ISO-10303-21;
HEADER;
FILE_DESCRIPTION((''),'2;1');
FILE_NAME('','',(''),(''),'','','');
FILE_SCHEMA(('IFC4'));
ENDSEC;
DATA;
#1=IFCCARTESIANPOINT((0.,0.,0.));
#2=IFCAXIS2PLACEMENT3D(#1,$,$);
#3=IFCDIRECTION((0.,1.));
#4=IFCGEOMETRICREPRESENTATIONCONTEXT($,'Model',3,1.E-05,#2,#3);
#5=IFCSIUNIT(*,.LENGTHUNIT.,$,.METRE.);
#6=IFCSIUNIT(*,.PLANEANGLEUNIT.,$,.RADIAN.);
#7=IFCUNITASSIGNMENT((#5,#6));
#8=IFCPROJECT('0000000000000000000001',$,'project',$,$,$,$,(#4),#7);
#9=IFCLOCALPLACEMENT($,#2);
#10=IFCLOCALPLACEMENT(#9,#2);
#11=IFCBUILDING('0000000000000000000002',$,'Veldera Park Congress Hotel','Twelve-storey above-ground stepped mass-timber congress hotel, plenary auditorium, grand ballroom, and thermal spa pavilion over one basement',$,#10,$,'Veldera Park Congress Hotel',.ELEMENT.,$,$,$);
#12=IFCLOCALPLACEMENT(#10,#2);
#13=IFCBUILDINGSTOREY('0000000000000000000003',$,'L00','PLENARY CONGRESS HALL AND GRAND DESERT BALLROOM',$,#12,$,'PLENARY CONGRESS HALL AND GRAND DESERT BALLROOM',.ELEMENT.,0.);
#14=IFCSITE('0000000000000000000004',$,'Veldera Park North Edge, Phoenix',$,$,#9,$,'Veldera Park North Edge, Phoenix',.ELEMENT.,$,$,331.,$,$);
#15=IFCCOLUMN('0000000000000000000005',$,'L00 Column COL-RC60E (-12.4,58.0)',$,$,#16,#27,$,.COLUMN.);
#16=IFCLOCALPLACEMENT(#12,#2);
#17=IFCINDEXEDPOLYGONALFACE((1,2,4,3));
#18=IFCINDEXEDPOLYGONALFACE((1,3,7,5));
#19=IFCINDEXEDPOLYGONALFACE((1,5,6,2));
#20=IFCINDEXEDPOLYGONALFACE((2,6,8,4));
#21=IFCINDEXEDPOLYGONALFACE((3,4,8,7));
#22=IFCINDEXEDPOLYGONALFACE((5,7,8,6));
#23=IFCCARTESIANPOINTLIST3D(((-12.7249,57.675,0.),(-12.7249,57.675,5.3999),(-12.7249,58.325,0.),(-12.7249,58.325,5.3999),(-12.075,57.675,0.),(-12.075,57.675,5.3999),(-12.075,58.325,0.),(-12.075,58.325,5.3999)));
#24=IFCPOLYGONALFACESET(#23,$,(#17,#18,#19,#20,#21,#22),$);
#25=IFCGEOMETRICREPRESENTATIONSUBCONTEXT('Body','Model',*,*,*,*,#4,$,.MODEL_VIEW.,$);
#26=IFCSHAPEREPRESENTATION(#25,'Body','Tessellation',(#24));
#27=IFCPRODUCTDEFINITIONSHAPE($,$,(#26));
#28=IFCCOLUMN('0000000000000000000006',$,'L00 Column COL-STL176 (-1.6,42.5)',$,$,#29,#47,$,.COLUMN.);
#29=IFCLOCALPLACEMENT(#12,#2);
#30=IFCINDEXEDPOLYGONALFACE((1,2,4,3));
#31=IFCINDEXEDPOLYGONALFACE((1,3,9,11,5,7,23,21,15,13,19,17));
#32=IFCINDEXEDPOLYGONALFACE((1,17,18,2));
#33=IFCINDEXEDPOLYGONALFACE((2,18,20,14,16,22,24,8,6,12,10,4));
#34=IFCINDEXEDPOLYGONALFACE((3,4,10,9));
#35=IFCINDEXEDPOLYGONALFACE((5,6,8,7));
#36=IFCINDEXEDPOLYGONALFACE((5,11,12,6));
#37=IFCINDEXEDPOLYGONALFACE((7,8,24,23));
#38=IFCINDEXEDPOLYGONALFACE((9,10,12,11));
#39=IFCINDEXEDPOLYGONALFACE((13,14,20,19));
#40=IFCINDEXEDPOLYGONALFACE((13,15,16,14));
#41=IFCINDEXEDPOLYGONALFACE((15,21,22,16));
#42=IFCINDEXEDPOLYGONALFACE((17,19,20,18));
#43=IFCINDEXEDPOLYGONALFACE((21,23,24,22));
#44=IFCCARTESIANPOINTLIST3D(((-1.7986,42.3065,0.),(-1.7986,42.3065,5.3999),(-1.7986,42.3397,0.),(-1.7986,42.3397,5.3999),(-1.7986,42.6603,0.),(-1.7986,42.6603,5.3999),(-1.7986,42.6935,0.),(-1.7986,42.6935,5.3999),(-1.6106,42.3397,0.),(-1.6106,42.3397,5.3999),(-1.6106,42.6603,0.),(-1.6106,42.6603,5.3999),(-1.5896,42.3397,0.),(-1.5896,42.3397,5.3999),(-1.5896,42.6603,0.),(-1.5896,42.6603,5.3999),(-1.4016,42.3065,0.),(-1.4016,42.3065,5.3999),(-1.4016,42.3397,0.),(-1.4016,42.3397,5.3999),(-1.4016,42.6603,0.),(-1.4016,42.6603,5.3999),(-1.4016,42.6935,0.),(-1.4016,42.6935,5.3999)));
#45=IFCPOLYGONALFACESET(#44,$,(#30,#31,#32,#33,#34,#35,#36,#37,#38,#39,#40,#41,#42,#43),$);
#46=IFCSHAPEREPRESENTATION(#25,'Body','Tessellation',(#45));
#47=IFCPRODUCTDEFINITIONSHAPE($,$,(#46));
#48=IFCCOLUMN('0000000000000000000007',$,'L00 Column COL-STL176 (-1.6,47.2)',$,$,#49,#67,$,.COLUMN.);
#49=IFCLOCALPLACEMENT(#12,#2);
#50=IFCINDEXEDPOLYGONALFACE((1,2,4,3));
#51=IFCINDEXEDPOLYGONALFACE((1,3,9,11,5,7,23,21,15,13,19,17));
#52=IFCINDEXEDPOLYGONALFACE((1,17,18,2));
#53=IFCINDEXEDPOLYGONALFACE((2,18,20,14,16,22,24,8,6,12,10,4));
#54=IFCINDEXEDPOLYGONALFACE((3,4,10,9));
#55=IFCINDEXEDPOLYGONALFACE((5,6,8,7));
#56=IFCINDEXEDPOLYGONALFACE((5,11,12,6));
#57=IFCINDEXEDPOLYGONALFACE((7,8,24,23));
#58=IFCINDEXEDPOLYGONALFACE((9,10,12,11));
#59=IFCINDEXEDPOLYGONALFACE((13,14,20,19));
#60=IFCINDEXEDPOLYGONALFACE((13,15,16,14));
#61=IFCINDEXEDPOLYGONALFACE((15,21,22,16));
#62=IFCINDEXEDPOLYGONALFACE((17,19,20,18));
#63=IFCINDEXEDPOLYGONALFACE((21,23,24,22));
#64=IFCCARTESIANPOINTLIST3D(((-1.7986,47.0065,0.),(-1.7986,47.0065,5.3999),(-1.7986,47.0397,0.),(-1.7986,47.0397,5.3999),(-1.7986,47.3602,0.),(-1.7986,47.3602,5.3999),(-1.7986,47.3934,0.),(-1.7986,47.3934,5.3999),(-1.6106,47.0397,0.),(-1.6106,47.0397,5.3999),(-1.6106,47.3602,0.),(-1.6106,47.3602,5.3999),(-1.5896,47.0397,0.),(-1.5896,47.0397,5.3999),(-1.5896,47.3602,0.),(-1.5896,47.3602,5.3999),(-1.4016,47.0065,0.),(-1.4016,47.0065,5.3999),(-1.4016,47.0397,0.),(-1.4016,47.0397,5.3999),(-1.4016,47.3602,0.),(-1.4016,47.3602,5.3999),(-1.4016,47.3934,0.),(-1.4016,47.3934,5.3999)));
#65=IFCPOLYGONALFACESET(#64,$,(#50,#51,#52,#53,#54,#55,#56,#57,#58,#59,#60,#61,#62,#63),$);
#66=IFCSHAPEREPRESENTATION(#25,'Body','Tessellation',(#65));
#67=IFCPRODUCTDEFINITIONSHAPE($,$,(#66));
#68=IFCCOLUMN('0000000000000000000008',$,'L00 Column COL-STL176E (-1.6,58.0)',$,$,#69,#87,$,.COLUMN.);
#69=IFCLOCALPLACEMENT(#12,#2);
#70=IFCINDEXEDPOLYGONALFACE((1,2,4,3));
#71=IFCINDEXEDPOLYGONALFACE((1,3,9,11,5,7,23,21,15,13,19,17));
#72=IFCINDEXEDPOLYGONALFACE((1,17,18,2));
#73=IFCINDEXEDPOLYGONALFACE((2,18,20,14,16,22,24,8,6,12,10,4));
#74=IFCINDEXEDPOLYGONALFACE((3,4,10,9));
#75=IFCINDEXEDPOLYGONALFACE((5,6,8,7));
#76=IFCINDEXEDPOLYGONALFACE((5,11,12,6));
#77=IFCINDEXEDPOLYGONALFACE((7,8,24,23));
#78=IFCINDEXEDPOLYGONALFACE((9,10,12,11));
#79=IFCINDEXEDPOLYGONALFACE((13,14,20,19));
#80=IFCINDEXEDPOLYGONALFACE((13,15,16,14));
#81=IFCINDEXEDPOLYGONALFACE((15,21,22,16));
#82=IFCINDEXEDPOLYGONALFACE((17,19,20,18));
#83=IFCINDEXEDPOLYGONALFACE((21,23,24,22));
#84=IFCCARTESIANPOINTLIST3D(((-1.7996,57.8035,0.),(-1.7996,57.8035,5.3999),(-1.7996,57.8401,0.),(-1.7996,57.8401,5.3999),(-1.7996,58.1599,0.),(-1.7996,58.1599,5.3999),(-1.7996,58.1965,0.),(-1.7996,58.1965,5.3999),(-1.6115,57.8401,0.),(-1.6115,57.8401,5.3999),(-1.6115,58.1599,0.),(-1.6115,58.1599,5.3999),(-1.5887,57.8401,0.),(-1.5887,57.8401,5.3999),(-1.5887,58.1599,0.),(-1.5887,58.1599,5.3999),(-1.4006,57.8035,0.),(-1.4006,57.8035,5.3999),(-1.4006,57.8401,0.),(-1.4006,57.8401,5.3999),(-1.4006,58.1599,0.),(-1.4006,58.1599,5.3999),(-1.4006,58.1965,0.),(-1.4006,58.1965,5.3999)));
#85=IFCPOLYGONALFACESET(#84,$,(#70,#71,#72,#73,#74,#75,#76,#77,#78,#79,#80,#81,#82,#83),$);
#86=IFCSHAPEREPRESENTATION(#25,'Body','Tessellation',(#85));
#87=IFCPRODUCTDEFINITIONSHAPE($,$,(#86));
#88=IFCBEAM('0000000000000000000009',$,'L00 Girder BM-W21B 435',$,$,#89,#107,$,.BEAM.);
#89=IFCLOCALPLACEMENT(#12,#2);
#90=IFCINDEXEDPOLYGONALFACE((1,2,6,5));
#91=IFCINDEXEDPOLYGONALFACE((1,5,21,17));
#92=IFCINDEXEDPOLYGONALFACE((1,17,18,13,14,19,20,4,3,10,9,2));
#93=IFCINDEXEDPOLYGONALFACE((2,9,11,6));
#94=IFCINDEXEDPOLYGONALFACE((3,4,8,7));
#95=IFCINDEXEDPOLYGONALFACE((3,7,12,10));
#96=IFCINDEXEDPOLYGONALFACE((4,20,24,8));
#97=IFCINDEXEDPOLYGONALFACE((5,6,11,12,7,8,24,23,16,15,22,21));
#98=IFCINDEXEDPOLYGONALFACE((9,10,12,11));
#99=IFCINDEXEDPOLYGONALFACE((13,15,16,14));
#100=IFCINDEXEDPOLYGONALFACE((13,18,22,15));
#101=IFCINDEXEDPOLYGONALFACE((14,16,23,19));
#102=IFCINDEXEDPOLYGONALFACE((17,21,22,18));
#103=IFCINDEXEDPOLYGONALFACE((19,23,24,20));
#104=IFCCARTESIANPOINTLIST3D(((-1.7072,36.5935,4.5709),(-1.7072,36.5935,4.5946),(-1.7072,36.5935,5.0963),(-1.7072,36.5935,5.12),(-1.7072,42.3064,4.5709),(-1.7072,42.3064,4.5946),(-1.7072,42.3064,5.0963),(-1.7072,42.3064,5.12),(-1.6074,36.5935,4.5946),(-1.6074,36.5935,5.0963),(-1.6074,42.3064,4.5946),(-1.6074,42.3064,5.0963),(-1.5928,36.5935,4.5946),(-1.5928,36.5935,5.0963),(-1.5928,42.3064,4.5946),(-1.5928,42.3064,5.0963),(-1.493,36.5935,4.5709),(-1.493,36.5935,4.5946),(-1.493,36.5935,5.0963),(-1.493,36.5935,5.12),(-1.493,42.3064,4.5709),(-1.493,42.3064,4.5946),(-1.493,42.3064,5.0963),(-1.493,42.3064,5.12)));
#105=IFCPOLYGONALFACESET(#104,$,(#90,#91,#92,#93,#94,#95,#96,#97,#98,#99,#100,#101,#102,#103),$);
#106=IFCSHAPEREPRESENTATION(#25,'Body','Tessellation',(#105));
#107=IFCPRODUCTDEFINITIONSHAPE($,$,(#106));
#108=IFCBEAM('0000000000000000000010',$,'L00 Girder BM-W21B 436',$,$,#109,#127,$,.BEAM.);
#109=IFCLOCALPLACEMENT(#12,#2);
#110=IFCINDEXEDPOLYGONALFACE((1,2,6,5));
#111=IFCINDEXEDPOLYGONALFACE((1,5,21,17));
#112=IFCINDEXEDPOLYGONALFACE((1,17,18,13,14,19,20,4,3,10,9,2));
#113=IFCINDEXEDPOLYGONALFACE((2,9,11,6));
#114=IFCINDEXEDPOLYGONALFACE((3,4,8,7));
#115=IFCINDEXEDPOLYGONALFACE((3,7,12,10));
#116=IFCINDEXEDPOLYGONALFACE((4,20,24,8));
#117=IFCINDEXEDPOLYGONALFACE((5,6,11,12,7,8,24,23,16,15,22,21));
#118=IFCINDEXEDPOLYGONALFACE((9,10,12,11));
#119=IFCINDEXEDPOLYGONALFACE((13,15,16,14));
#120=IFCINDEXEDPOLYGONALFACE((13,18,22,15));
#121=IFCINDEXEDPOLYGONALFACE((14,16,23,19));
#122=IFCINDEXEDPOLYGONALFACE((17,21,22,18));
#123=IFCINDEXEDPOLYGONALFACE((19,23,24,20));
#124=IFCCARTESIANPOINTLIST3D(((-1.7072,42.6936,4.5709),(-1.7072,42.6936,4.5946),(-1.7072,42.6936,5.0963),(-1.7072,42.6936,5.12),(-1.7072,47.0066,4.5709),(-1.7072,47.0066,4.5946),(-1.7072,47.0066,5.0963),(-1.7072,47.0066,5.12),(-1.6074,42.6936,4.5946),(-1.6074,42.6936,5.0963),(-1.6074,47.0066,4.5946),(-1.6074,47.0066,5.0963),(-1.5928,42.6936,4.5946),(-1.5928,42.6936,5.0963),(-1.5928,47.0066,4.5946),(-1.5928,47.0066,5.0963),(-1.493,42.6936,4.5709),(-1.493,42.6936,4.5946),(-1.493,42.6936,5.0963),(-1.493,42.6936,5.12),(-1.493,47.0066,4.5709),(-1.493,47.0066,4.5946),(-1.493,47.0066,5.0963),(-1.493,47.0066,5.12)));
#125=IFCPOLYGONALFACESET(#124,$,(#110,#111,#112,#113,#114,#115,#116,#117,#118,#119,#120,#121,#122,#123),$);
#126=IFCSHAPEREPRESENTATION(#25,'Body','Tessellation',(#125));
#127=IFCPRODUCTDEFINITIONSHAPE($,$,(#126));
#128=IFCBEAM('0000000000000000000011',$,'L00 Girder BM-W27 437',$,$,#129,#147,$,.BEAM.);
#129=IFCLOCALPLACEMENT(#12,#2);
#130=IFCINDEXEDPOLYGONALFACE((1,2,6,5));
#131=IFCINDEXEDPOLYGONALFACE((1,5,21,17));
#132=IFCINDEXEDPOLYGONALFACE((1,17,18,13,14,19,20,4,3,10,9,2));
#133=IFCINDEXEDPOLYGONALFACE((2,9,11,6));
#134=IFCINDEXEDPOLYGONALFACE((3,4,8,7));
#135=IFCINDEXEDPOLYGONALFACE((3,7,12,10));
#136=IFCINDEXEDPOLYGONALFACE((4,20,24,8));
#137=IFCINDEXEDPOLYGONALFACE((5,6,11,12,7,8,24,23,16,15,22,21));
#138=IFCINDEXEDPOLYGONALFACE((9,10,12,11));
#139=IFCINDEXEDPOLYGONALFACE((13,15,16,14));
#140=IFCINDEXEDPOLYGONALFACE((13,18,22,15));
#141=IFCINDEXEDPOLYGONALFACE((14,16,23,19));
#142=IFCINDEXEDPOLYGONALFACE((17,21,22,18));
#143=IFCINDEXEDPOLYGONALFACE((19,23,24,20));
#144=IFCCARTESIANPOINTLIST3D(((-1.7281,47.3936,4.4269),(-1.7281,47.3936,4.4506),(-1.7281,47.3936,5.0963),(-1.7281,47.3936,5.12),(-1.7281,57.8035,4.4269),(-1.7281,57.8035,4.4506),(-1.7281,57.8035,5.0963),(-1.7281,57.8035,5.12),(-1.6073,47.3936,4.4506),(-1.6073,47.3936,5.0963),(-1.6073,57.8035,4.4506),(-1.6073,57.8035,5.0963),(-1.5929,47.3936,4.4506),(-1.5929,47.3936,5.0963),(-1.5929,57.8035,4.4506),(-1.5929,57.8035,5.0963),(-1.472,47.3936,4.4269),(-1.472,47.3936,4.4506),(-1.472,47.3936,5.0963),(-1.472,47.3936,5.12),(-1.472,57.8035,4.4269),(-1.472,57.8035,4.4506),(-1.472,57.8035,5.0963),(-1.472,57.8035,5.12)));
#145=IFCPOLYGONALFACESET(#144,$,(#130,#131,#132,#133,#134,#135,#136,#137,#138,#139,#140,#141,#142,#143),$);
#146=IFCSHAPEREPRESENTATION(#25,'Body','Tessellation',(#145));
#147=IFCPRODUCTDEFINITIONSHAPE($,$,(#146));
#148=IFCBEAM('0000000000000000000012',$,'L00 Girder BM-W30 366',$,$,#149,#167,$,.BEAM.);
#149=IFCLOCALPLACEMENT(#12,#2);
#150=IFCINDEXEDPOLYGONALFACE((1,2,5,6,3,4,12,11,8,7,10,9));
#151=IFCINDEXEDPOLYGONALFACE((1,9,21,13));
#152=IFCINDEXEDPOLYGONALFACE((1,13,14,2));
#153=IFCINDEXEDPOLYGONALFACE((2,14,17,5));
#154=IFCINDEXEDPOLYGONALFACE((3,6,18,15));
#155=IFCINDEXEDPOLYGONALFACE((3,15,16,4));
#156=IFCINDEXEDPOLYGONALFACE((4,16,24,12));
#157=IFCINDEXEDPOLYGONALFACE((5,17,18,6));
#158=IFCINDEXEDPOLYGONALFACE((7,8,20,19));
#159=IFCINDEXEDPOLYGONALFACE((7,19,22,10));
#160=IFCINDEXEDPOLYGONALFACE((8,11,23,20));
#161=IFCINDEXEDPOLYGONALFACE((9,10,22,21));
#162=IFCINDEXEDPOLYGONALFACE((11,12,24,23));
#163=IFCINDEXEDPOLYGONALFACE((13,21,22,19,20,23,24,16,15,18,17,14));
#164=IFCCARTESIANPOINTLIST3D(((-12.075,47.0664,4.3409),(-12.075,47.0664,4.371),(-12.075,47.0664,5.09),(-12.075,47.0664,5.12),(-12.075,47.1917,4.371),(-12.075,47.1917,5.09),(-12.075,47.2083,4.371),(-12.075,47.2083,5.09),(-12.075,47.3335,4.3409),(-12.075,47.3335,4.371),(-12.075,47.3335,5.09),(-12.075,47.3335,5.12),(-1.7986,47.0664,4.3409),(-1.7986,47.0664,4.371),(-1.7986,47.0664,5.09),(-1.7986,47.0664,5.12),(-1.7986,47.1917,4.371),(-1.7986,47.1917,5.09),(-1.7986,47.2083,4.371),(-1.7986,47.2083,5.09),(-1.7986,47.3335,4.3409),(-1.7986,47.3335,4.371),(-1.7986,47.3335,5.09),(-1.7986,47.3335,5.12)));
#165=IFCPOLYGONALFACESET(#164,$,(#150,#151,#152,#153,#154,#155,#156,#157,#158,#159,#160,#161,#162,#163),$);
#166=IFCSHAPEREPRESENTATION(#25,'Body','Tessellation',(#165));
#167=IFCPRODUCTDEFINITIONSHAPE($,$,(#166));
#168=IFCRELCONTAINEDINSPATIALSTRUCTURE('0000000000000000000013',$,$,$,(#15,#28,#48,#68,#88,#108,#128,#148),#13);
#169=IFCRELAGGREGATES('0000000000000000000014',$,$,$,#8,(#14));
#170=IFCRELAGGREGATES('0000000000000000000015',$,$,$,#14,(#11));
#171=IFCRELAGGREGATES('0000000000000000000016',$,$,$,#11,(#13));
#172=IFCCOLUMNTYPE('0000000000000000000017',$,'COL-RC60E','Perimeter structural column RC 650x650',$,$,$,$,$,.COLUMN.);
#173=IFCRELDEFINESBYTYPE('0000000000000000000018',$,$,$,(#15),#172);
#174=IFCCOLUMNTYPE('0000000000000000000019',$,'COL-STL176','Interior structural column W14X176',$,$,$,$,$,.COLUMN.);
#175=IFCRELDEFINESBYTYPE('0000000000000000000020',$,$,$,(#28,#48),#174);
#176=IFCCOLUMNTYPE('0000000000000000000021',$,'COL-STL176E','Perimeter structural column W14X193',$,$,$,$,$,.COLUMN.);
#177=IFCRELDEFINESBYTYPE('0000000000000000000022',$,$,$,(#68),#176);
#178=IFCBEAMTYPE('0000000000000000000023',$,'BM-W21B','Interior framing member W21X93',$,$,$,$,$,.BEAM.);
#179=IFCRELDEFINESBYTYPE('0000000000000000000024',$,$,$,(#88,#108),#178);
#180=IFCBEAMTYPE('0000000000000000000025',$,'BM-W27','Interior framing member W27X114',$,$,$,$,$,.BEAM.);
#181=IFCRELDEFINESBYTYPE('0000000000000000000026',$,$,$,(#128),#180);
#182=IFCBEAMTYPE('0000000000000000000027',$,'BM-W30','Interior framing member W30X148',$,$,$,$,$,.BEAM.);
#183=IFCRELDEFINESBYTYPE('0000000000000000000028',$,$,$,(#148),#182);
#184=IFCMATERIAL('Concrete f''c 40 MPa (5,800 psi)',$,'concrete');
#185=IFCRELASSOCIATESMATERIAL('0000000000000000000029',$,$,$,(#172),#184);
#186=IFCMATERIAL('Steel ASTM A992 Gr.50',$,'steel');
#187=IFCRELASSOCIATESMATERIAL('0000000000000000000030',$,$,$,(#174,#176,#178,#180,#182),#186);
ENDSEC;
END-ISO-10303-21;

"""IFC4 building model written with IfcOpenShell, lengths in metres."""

from ifc_helpers import new_model, si_unit, direction, frame, origin, origin_2d, place, context, subcontext, project, spatial, rectangle, i_section, extrude, material, material_profile, profile_set, type_object, element, save


model = new_model("IFC4")

# Units and contexts
model_context = context("Model", 3, precision=1e-05, world=origin(), true_north=direction((0.0, 1.0)))
body_context = subcontext(model_context, "Body", "Model", "MODEL_VIEW")
ifc_project = project(units=[si_unit("LENGTHUNIT", "METRE"), si_unit("PLANEANGLEUNIT", "RADIAN")], contexts=[model_context])

# Site, building, storey
site_placement = place(None, origin())
site = spatial("IfcSite", under=ifc_project, at=site_placement, Name="Veldera Park North Edge, Phoenix", LongName="Veldera Park North Edge, Phoenix", CompositionType="ELEMENT", RefElevation=331.0)
building_placement = place(site_placement, origin())
building = spatial("IfcBuilding", under=site, at=building_placement, Name="Veldera Park Congress Hotel", Description="Twelve-storey above-ground stepped mass-timber congress hotel, plenary auditorium, grand ballroom, and thermal spa pavilion over one basement", LongName="Veldera Park Congress Hotel", CompositionType="ELEMENT")
storey_placement = place(building_placement, origin())
storey = spatial("IfcBuildingStorey", under=building, at=storey_placement, Name="L00", Description="PLENARY CONGRESS HALL AND GRAND DESERT BALLROOM", LongName="PLENARY CONGRESS HALL AND GRAND DESERT BALLROOM", CompositionType="ELEMENT", Elevation=0.0)

# Columns
ifc_material_1 = material(Name="Concrete f'c 40 MPa (5,800 psi)", Category="concrete")
ifc_material_profile_1 = material_profile(ifc_material_1, rectangle(XDim=0.6499, YDim=0.6499, at=origin_2d()), Name="RC 650x650")
ifc_profile_set_1 = profile_set([ifc_material_profile_1], Name="Concrete f'c 40 MPa (5,800 psi)")
column_type_1 = type_object("IfcColumnType", Name="COL-RC60E", Description="Perimeter structural column RC 650x650", PredefinedType="COLUMN", material=ifc_profile_set_1)
column_1_placement = place(storey_placement, frame((-12.3999, 58.0, 0.0), z_axis=(0.0, 0.0, 1.0), x_axis=(1.0, 0.0, 0.0)))
element("IfcColumn", 1, at=column_1_placement, inside=storey, type_object=column_type_1, Name="L00 Column COL-RC60E (-12.4,58.0)", PredefinedType="COLUMN", context=body_context, shape_type="SweptSolid", body=[
    extrude(rectangle(XDim=0.6499, YDim=0.6499, at=origin_2d()), origin(), (0.0, 0.0, 1.0), 5.3999),
])
ifc_material_2 = material(Name="Steel ASTM A992 Gr.50", Category="steel")
ifc_material_profile_2 = material_profile(ifc_material_2, i_section(OverallWidth=0.397, OverallDepth=0.387, WebThickness=0.021, FlangeThickness=0.0332, at=origin_2d()), Name="W14X176")
ifc_profile_set_2 = profile_set([ifc_material_profile_2], Name="Steel ASTM A992 Gr.50")
column_type_2 = type_object("IfcColumnType", Name="COL-STL176", Description="Interior structural column W14X176", PredefinedType="COLUMN", material=ifc_profile_set_2)
for number, where, z_axis, x_axis, name in (
    (2, (-1.6001, 42.5, 0.0), (0.0, 0.0, 1.0), (1.0, 0.0, 0.0), "L00 Column COL-STL176 (-1.6,42.5)"),
    (3, (-1.6001, 47.2, 0.0), (0.0, 0.0, 1.0), (1.0, 0.0, 0.0), "L00 Column COL-STL176 (-1.6,47.2)"),
):
    element("IfcColumn", number, at=place(storey_placement, frame(where, z_axis=z_axis, x_axis=x_axis)), inside=storey, type_object=column_type_2, Name=name, PredefinedType="COLUMN", context=body_context, shape_type="SweptSolid", body=[
        extrude(i_section(OverallWidth=0.397, OverallDepth=0.387, WebThickness=0.021, FlangeThickness=0.0332, at=origin_2d()), origin(), (0.0, 0.0, 1.0), 5.3999),
    ])
ifc_material_profile_3 = material_profile(ifc_material_2, i_section(OverallWidth=0.3989, OverallDepth=0.3931, WebThickness=0.0227, FlangeThickness=0.0366, at=origin_2d()), Name="W14X193")
ifc_profile_set_3 = profile_set([ifc_material_profile_3], Name="Steel ASTM A992 Gr.50")
column_type_3 = type_object("IfcColumnType", Name="COL-STL176E", Description="Perimeter structural column W14X193", PredefinedType="COLUMN", material=ifc_profile_set_3)
column_2_placement = place(storey_placement, frame((-1.6001, 58.0, 0.0), z_axis=(0.0, 0.0, 1.0), x_axis=(1.0, 0.0, 0.0)))
element("IfcColumn", 4, at=column_2_placement, inside=storey, type_object=column_type_3, Name="L00 Column COL-STL176E (-1.6,58.0)", PredefinedType="COLUMN", context=body_context, shape_type="SweptSolid", body=[
    extrude(i_section(OverallWidth=0.3989, OverallDepth=0.3931, WebThickness=0.0227, FlangeThickness=0.0366, at=origin_2d()), origin(), (0.0, 0.0, 1.0), 5.3999),
])

# Beams
ifc_material_profile_4 = material_profile(ifc_material_2, i_section(OverallWidth=0.2141, OverallDepth=0.5491, WebThickness=0.0146, FlangeThickness=0.0237, at=origin_2d()), Name="W21X93")
ifc_profile_set_4 = profile_set([ifc_material_profile_4], Name="Steel ASTM A992 Gr.50")
beam_type_1 = type_object("IfcBeamType", Name="BM-W21B", Description="Interior framing member W21X93", PredefinedType="BEAM", material=ifc_profile_set_4)
beam_1_placement = place(storey_placement, frame((-1.6001, 36.5935, 4.8455), z_axis=(0.0, 1.0, 0.0), x_axis=(-1.0, 0.0, 0.0)))
element("IfcBeam", 5, at=beam_1_placement, inside=storey, type_object=beam_type_1, Name="L00 Girder BM-W21B 435", PredefinedType="BEAM", context=body_context, shape_type="SweptSolid", body=[
    extrude(i_section(OverallWidth=0.2141, OverallDepth=0.5491, WebThickness=0.0146, FlangeThickness=0.0237, at=origin_2d()), origin(), (0.0, 0.0, 1.0), 5.7129),
])
beam_2_placement = place(storey_placement, frame((-1.6001, 42.6936, 4.8455), z_axis=(0.0, 1.0, 0.0), x_axis=(-1.0, 0.0, 0.0)))
element("IfcBeam", 6, at=beam_2_placement, inside=storey, type_object=beam_type_1, Name="L00 Girder BM-W21B 436", PredefinedType="BEAM", context=body_context, shape_type="SweptSolid", body=[
    extrude(i_section(OverallWidth=0.2141, OverallDepth=0.5491, WebThickness=0.0146, FlangeThickness=0.0237, at=origin_2d()), origin(), (0.0, 0.0, 1.0), 4.313),
])
ifc_material_profile_5 = material_profile(ifc_material_2, i_section(OverallWidth=0.2561, OverallDepth=0.6931, WebThickness=0.0144, FlangeThickness=0.0237, at=origin_2d()), Name="W27X114")
ifc_profile_set_5 = profile_set([ifc_material_profile_5], Name="Steel ASTM A992 Gr.50")
beam_type_2 = type_object("IfcBeamType", Name="BM-W27", Description="Interior framing member W27X114", PredefinedType="BEAM", material=ifc_profile_set_5)
beam_3_placement = place(storey_placement, frame((-1.6001, 47.3936, 4.7734), z_axis=(0.0, 1.0, 0.0), x_axis=(-1.0, 0.0, 0.0)))
element("IfcBeam", 7, at=beam_3_placement, inside=storey, type_object=beam_type_2, Name="L00 Girder BM-W27 437", PredefinedType="BEAM", context=body_context, shape_type="SweptSolid", body=[
    extrude(i_section(OverallWidth=0.2561, OverallDepth=0.6931, WebThickness=0.0144, FlangeThickness=0.0237, at=origin_2d()), origin(), (0.0, 0.0, 1.0), 10.4099),
])
ifc_material_profile_6 = material_profile(ifc_material_2, i_section(OverallWidth=0.2671, OverallDepth=0.7791, WebThickness=0.0166, FlangeThickness=0.03, at=origin_2d()), Name="W30X148")
ifc_profile_set_6 = profile_set([ifc_material_profile_6], Name="Steel ASTM A992 Gr.50")
beam_type_3 = type_object("IfcBeamType", Name="BM-W30", Description="Interior framing member W30X148", PredefinedType="BEAM", material=ifc_profile_set_6)
beam_4_placement = place(storey_placement, frame((-12.075, 47.2, 4.7305), z_axis=(1.0, 0.0, 0.0), x_axis=(0.0, 1.0, 0.0)))
element("IfcBeam", 8, at=beam_4_placement, inside=storey, type_object=beam_type_3, Name="L00 Girder BM-W30 366", PredefinedType="BEAM", context=body_context, shape_type="SweptSolid", body=[
    extrude(i_section(OverallWidth=0.2671, OverallDepth=0.7791, WebThickness=0.0166, FlangeThickness=0.03, at=origin_2d()), origin(), (0.0, 0.0, 1.0), 10.2764),
])

save(model, "model.ifc")
